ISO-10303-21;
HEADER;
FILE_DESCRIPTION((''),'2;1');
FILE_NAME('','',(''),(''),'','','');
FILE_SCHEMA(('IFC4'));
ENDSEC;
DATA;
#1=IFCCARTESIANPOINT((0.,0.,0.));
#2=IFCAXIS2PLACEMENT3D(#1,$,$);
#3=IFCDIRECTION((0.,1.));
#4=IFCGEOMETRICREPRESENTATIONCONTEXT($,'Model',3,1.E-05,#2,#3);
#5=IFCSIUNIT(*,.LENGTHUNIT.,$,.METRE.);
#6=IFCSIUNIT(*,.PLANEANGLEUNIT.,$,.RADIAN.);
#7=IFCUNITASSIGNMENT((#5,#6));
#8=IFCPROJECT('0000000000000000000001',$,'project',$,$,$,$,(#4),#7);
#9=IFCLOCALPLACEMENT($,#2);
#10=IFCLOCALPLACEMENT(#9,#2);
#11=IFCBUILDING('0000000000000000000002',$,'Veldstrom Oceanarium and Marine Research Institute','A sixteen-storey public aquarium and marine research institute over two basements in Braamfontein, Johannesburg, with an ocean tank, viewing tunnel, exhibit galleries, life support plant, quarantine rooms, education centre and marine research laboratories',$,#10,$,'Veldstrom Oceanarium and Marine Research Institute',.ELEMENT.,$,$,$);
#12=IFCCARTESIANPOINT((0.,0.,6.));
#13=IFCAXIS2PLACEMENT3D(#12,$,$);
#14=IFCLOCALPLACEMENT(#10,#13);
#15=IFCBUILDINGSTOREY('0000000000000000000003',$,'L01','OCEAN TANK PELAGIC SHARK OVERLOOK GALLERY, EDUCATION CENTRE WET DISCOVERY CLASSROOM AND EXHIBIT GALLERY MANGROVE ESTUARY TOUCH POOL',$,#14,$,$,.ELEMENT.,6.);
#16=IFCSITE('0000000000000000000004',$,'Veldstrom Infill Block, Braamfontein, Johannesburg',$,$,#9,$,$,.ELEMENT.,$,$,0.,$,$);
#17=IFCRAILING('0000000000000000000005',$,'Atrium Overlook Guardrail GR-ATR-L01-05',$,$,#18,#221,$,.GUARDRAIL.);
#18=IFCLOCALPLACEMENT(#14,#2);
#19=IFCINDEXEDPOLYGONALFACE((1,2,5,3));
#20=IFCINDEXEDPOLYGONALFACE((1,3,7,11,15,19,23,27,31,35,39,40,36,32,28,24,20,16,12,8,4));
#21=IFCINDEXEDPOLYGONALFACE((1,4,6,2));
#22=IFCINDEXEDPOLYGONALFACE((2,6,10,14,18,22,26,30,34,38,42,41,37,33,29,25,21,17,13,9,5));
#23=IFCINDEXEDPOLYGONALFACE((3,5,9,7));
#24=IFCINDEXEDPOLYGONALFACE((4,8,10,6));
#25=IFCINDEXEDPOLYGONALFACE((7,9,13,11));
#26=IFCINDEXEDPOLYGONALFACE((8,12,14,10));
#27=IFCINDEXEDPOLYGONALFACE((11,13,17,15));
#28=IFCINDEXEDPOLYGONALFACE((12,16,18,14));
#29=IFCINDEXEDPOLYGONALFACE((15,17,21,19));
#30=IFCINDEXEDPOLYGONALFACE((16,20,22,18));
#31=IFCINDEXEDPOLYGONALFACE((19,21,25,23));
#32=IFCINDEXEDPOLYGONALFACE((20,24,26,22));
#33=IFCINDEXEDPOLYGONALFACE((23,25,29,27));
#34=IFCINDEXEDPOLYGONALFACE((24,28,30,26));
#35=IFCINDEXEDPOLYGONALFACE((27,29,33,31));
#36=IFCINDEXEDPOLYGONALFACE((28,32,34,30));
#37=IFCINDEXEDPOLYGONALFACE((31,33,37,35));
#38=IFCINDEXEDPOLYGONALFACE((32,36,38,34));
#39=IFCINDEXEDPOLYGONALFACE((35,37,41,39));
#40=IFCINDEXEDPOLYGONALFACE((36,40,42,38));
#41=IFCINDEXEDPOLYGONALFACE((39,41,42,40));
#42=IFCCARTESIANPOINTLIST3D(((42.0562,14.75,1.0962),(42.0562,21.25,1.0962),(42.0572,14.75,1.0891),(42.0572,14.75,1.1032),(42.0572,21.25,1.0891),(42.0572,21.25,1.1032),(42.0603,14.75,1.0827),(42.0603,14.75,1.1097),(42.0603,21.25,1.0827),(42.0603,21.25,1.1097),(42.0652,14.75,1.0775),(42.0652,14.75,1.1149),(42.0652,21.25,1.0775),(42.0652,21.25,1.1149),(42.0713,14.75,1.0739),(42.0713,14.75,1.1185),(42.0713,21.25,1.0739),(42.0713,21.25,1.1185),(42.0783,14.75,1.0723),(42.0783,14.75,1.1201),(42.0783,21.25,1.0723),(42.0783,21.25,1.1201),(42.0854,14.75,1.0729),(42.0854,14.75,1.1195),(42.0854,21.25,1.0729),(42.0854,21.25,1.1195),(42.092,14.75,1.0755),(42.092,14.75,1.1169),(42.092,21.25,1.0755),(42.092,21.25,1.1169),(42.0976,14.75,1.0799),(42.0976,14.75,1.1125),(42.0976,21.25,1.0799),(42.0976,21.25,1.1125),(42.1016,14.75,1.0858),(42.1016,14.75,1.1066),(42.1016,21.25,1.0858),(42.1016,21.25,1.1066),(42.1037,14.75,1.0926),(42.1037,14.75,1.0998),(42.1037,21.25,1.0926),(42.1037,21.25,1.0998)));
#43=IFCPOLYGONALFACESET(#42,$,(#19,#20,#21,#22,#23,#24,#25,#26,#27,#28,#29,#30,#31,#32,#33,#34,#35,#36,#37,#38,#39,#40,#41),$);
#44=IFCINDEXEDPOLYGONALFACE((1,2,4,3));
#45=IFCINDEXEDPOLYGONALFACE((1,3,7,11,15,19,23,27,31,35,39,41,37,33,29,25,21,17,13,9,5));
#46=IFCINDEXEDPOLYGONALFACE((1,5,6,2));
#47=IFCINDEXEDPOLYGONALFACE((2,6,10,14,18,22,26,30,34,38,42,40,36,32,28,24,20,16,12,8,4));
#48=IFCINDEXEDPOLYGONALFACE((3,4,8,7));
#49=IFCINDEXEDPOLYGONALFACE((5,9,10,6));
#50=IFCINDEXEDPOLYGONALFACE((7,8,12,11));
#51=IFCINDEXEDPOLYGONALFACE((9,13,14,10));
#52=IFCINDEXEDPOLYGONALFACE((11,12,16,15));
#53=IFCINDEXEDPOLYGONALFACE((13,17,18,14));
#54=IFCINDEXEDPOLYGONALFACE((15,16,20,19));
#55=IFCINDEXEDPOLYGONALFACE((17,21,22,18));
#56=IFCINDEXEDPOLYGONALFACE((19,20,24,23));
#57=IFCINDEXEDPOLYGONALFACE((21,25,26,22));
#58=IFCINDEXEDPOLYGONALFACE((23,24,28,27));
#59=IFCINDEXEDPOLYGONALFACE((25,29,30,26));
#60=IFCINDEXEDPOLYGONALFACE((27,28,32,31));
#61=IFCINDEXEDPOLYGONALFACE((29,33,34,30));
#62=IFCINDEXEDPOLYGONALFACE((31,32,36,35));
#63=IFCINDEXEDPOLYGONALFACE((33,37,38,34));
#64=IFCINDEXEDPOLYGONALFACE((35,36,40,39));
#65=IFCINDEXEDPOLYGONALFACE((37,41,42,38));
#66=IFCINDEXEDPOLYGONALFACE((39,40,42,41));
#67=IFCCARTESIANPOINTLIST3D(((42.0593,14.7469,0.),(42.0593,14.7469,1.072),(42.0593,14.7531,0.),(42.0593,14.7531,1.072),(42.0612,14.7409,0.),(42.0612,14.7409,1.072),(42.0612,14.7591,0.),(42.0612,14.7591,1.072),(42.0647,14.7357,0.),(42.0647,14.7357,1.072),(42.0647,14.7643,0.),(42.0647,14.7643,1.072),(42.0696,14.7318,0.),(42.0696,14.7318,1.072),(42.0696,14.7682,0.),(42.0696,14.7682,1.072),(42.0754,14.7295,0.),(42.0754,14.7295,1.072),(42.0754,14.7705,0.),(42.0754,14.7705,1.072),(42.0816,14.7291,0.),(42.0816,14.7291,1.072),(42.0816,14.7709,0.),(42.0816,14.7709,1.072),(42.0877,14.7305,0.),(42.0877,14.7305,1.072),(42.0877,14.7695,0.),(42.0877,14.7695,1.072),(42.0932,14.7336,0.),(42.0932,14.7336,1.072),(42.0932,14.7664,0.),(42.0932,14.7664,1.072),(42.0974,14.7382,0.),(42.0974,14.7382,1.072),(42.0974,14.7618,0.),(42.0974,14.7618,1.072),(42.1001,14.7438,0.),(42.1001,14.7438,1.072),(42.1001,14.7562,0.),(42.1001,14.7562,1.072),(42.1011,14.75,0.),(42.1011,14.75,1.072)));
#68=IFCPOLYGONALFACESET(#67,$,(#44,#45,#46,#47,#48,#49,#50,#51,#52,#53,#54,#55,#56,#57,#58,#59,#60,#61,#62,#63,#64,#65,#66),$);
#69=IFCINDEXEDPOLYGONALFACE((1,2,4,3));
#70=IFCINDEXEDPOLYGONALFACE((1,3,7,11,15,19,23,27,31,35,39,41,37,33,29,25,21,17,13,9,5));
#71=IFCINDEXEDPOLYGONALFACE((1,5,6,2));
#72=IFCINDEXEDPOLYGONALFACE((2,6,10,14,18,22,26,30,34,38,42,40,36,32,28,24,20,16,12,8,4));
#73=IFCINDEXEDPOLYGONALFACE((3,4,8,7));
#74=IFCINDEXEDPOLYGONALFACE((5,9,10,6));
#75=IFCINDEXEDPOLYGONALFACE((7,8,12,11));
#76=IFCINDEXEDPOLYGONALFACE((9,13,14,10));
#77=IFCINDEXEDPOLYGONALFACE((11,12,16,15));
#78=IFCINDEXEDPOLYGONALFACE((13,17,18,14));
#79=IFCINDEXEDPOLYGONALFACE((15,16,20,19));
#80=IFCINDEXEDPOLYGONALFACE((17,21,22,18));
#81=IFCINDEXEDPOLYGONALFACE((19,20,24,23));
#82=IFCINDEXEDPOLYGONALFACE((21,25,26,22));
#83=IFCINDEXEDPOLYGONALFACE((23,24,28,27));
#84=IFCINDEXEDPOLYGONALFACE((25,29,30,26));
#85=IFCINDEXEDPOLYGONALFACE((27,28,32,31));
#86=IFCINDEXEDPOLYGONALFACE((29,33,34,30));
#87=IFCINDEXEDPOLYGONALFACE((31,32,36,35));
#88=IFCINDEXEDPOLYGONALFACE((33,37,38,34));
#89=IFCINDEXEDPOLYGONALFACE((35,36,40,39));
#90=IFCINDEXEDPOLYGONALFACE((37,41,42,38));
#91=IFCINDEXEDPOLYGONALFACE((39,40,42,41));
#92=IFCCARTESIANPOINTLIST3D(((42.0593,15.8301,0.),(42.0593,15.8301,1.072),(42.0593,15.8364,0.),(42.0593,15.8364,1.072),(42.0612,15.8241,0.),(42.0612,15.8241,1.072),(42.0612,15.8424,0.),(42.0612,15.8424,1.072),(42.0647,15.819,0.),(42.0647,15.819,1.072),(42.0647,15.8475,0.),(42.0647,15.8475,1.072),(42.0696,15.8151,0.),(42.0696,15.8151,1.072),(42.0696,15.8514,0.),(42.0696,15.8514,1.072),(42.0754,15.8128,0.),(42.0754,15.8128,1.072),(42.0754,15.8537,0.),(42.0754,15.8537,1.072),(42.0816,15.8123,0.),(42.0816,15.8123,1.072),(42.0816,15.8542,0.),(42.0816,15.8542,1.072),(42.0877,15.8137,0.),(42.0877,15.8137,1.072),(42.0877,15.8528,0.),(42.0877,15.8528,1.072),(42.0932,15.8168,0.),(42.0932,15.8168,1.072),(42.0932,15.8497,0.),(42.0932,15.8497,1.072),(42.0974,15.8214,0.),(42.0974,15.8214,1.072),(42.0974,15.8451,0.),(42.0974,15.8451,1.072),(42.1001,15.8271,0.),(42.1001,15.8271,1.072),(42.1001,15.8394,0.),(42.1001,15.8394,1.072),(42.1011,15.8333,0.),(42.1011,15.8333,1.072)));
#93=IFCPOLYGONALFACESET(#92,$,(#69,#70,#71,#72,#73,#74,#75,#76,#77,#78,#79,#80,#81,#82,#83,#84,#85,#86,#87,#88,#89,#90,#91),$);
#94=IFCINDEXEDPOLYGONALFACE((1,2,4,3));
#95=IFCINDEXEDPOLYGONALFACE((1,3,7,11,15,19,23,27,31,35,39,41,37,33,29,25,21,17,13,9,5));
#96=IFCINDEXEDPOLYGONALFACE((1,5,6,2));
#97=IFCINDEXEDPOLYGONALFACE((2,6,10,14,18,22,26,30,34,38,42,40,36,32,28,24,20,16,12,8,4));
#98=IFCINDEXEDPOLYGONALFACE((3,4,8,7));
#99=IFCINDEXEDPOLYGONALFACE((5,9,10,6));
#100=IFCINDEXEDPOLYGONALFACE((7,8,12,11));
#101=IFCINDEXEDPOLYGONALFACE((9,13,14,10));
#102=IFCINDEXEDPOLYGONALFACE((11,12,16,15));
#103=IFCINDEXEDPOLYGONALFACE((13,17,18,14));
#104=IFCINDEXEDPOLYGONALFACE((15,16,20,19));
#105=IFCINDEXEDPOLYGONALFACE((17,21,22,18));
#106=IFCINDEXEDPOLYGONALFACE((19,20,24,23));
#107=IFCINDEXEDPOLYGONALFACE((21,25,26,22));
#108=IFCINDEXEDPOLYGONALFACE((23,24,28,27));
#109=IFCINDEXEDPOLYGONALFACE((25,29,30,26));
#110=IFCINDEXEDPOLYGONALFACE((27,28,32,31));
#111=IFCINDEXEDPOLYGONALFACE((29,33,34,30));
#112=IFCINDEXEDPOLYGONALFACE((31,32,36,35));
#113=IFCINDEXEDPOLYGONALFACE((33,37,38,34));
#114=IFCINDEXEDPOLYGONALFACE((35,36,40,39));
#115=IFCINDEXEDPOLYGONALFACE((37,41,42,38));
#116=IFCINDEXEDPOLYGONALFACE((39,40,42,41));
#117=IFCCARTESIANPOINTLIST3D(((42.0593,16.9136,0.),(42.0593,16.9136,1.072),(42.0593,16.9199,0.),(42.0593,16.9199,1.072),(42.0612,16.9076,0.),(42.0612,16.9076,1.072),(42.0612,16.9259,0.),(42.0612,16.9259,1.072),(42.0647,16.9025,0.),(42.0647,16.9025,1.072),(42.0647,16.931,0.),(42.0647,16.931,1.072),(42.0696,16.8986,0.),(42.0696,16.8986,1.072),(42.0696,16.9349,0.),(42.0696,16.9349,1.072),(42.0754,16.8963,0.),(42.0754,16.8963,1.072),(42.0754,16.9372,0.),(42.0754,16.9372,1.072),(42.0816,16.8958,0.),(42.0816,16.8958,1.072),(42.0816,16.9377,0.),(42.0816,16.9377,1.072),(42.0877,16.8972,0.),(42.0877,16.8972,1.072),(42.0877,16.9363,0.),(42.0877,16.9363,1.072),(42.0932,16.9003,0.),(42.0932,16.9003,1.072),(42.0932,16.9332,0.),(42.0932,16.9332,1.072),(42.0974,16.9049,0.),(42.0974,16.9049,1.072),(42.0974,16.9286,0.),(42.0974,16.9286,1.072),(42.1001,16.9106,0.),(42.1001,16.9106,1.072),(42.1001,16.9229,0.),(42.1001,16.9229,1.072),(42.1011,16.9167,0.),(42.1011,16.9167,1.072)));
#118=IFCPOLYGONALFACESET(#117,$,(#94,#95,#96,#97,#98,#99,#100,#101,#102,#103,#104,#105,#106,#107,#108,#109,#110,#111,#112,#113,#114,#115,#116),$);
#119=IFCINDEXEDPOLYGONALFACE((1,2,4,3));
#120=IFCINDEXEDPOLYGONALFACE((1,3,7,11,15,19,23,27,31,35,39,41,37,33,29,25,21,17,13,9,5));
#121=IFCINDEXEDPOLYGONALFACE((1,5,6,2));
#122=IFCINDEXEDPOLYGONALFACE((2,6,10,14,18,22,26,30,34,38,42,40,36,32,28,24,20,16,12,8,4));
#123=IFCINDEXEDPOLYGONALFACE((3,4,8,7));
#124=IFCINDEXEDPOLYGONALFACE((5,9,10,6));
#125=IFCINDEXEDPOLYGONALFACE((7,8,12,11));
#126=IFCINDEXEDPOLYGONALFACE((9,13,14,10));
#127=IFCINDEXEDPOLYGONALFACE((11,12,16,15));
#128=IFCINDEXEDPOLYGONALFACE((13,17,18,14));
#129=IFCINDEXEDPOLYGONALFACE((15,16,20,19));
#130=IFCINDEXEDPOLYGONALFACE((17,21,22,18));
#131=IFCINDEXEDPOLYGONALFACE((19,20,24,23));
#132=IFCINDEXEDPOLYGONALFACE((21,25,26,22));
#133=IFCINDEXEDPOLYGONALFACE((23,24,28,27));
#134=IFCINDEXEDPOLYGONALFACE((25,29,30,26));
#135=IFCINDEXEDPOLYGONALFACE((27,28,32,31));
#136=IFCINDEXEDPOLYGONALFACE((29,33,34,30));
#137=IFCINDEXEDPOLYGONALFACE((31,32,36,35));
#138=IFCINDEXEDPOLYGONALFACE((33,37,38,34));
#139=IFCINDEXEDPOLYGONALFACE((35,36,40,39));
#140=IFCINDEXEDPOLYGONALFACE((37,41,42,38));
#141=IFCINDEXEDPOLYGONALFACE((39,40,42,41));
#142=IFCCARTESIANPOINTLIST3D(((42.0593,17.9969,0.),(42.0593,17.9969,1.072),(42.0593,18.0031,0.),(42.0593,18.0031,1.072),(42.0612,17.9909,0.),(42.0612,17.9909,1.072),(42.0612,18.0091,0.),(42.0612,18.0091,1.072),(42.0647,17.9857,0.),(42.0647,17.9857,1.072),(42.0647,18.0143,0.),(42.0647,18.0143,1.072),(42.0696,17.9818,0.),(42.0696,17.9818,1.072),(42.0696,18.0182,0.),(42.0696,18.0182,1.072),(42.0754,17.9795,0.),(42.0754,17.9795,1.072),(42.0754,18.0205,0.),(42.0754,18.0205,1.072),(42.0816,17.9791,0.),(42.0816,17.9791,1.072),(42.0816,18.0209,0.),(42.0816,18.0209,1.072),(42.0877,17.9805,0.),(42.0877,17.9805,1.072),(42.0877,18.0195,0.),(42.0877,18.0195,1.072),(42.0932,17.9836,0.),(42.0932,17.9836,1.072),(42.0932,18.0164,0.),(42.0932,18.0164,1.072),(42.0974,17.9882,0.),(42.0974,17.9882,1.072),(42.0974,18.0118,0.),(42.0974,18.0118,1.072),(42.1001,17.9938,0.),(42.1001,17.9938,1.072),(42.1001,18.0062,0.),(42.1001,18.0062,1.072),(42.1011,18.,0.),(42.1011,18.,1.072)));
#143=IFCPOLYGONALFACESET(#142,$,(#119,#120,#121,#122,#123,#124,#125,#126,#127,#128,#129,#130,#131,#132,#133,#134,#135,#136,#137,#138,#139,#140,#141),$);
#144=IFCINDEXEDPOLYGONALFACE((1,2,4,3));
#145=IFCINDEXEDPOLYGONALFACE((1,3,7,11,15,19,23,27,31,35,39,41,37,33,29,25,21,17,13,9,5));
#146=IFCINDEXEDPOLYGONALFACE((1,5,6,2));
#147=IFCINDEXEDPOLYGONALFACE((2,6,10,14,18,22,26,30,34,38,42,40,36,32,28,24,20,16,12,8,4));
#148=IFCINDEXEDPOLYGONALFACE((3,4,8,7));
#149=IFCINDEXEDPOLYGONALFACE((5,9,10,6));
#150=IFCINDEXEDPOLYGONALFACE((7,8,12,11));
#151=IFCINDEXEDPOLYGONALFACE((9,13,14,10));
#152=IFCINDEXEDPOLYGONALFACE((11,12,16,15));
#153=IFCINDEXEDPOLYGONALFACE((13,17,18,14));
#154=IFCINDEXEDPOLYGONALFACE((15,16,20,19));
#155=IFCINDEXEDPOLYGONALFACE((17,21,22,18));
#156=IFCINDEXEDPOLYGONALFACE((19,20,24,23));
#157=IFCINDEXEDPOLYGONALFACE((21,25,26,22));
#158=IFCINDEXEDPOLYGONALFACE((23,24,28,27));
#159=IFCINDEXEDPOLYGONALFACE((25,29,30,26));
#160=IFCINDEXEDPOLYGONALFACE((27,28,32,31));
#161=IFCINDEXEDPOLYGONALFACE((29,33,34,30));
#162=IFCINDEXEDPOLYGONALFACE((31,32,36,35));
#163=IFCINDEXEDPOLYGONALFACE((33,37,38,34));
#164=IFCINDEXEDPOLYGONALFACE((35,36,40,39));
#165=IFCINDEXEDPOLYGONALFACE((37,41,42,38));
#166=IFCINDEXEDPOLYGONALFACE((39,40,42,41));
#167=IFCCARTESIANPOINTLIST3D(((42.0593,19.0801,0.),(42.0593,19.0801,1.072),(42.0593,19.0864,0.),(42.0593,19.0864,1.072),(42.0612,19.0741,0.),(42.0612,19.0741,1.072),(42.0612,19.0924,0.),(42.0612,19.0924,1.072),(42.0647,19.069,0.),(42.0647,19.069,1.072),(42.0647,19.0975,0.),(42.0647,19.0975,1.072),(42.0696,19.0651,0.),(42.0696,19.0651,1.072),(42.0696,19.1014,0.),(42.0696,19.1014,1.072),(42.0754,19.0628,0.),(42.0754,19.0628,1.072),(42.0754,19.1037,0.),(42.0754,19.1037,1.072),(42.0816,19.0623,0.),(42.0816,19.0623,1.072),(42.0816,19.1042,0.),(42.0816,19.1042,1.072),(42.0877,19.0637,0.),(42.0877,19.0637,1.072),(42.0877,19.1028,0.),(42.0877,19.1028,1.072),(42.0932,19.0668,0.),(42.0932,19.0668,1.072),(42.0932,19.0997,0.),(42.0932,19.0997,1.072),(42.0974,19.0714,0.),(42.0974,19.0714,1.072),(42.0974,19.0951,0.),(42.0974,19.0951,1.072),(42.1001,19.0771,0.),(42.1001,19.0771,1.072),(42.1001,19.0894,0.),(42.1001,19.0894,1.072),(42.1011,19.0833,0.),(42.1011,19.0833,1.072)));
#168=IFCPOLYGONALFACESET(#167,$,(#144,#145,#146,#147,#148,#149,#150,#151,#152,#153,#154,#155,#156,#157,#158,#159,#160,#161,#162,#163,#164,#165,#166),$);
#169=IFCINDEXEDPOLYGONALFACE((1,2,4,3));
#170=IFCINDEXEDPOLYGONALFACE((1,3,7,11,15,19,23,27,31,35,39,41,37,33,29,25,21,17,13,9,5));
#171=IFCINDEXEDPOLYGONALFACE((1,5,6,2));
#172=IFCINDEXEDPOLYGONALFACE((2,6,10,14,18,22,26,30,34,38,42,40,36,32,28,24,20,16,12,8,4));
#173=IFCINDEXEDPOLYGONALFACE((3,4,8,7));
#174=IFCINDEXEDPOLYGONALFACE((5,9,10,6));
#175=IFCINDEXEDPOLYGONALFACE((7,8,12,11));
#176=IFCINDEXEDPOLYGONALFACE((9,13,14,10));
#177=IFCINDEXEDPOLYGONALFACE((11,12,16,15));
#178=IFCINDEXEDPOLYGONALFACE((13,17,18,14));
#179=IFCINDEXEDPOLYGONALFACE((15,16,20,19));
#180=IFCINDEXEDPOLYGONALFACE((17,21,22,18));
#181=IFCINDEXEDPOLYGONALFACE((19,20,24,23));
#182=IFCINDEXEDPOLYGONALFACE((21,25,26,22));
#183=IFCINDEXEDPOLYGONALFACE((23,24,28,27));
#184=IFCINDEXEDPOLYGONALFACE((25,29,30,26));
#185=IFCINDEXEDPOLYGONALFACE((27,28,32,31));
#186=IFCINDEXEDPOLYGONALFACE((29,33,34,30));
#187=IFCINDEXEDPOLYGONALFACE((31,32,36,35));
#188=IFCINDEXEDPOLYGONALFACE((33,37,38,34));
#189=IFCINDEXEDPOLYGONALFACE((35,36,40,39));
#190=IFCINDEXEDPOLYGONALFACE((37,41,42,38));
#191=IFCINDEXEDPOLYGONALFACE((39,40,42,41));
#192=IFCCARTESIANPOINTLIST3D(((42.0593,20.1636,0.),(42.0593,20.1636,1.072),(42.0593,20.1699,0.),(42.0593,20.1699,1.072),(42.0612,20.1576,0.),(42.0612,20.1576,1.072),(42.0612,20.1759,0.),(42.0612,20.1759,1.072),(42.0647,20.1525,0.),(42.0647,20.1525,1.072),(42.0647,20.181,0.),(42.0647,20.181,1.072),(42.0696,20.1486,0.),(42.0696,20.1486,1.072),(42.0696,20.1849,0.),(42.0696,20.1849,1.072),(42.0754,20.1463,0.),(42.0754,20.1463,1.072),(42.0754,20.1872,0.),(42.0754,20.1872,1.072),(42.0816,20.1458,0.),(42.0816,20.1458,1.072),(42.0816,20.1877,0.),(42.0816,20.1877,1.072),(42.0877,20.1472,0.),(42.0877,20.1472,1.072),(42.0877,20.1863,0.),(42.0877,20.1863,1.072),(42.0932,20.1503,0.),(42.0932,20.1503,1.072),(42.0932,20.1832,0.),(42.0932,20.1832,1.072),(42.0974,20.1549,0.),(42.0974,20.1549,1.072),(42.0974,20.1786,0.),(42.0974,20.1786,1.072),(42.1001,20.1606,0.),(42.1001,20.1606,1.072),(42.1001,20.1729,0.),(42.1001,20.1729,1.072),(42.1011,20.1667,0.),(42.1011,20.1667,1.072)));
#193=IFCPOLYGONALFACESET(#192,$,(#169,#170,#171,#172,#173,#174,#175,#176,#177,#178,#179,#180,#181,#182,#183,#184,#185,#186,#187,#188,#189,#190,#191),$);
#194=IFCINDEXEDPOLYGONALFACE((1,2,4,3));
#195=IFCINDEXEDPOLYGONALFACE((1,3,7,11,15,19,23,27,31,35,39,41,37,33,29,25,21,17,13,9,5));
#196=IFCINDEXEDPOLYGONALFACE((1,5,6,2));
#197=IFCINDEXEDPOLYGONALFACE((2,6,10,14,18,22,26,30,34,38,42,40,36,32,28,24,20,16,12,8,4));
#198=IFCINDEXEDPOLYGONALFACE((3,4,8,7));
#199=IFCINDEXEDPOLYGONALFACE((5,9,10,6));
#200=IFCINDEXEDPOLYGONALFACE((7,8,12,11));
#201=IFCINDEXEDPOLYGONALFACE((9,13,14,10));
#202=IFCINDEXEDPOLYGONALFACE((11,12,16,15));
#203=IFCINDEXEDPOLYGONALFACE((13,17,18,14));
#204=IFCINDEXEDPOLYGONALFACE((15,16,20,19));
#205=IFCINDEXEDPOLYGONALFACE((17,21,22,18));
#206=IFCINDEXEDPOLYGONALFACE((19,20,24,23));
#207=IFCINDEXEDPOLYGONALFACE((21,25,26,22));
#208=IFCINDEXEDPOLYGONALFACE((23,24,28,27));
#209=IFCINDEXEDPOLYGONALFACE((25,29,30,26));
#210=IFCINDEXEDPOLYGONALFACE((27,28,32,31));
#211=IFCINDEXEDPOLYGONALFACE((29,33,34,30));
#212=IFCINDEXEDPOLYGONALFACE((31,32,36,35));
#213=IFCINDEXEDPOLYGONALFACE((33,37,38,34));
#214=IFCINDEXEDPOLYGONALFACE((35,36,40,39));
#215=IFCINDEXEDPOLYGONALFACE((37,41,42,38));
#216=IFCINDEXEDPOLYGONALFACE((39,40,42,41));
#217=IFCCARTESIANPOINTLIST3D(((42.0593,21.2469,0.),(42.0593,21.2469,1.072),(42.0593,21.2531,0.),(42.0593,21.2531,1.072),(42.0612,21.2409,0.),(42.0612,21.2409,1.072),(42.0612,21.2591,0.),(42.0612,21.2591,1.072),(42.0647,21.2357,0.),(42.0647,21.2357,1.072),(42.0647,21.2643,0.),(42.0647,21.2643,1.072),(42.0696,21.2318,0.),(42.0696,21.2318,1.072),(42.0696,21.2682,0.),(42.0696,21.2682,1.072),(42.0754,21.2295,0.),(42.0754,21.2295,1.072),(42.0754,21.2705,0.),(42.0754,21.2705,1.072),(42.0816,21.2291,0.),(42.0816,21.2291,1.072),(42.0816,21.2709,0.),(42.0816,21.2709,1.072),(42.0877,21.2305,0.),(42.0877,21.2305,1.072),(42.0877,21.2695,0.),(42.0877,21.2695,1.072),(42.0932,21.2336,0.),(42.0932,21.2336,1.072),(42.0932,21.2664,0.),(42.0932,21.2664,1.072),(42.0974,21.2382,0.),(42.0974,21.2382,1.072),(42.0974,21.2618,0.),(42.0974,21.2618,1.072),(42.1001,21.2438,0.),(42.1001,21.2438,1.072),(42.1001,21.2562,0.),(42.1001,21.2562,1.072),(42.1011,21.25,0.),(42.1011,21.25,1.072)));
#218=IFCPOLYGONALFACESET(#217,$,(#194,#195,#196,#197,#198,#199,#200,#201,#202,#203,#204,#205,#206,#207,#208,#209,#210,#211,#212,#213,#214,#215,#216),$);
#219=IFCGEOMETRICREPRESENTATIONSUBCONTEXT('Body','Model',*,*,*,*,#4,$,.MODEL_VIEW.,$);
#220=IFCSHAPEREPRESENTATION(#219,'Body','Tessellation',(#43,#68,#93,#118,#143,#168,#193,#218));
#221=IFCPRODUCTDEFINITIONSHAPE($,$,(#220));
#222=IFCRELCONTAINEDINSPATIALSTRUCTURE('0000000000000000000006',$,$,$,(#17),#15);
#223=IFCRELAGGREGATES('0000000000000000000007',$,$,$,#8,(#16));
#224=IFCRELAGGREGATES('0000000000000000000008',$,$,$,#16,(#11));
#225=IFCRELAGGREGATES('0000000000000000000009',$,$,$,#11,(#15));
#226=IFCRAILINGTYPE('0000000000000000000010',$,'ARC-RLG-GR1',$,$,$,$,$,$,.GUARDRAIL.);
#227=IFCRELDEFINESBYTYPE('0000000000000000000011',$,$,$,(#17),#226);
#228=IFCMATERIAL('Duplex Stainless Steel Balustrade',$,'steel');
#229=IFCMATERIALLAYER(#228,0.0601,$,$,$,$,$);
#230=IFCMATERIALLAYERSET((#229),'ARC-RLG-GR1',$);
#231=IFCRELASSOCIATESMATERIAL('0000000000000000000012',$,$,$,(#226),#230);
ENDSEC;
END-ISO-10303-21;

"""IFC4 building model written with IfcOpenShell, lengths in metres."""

from ifc_helpers import new_model, si_unit, direction, frame, origin, origin_2d, place, context, subcontext, project, spatial, circle, extrude, material, layer, layer_set, type_object, element, save


model = new_model("IFC4")

# Units and contexts
model_context = context("Model", 3, precision=1e-05, world=origin(), true_north=direction((0.0, 1.0)))
body_context = subcontext(model_context, "Body", "Model", "MODEL_VIEW")
ifc_project = project(units=[si_unit("LENGTHUNIT", "METRE"), si_unit("PLANEANGLEUNIT", "RADIAN")], contexts=[model_context])

# Site, building, storey
site_placement = place(None, origin())
site = spatial("IfcSite", under=ifc_project, at=site_placement, Name="Veldstrom Infill Block, Braamfontein, Johannesburg", CompositionType="ELEMENT", RefElevation=0.0)
building_placement = place(site_placement, origin())
building = spatial("IfcBuilding", under=site, at=building_placement, Name="Veldstrom Oceanarium and Marine Research Institute", Description="A sixteen-storey public aquarium and marine research institute over two basements in Braamfontein, Johannesburg, with an ocean tank, viewing tunnel, exhibit galleries, life support plant, quarantine rooms, education centre and marine research laboratories", LongName="Veldstrom Oceanarium and Marine Research Institute", CompositionType="ELEMENT")
storey_placement = place(building_placement, frame((0.0, 0.0, 6.0)))
storey = spatial("IfcBuildingStorey", under=building, at=storey_placement, Name="L01", Description="OCEAN TANK PELAGIC SHARK OVERLOOK GALLERY, EDUCATION CENTRE WET DISCOVERY CLASSROOM AND EXHIBIT GALLERY MANGROVE ESTUARY TOUCH POOL", CompositionType="ELEMENT", Elevation=6.0)

# Railing
ifc_material_1 = material(Name="Duplex Stainless Steel Balustrade", Category="steel")
ifc_layer_1 = layer(ifc_material_1, 0.0601)
ifc_layer_set_1 = layer_set([ifc_layer_1], Name="ARC-RLG-GR1")
railing_type = type_object("IfcRailingType", Name="ARC-RLG-GR1", PredefinedType="GUARDRAIL", material=ifc_layer_set_1)
railing_placement = place(storey_placement, frame((42.0801, 14.75, 0.0)))
element("IfcRailing", 1, at=railing_placement, inside=storey, type_object=railing_type, Name="Atrium Overlook Guardrail GR-ATR-L01-05", PredefinedType="GUARDRAIL", context=body_context, shape_type="SweptSolid", body=[
    extrude(circle(Radius=0.0239, at=origin_2d()), frame((0.0, 0.0, 1.0962), z_axis=(0.0, 1.0, 0.0), x_axis=(-1.0, 0.0, 0.0)), (0.0, 0.0, 1.0), 6.5),
    extrude(circle(Radius=0.021, at=origin_2d()), origin(), (0.0, 0.0, 1.0), 1.072),
    extrude(circle(Radius=0.021, at=origin_2d()), frame((0.0, 1.0833, 0.0)), (0.0, 0.0, 1.0), 1.072),
    extrude(circle(Radius=0.021, at=origin_2d()), frame((0.0, 2.1667, 0.0)), (0.0, 0.0, 1.0), 1.072),
    extrude(circle(Radius=0.021, at=origin_2d()), frame((0.0, 3.25, 0.0)), (0.0, 0.0, 1.0), 1.072),
    extrude(circle(Radius=0.021, at=origin_2d()), frame((0.0, 4.3333, 0.0)), (0.0, 0.0, 1.0), 1.072),
    extrude(circle(Radius=0.021, at=origin_2d()), frame((0.0, 5.4167, 0.0)), (0.0, 0.0, 1.0), 1.072),
    extrude(circle(Radius=0.021, at=origin_2d()), frame((0.0, 6.5, 0.0)), (0.0, 0.0, 1.0), 1.072),
])

save(model, "model.ifc")
